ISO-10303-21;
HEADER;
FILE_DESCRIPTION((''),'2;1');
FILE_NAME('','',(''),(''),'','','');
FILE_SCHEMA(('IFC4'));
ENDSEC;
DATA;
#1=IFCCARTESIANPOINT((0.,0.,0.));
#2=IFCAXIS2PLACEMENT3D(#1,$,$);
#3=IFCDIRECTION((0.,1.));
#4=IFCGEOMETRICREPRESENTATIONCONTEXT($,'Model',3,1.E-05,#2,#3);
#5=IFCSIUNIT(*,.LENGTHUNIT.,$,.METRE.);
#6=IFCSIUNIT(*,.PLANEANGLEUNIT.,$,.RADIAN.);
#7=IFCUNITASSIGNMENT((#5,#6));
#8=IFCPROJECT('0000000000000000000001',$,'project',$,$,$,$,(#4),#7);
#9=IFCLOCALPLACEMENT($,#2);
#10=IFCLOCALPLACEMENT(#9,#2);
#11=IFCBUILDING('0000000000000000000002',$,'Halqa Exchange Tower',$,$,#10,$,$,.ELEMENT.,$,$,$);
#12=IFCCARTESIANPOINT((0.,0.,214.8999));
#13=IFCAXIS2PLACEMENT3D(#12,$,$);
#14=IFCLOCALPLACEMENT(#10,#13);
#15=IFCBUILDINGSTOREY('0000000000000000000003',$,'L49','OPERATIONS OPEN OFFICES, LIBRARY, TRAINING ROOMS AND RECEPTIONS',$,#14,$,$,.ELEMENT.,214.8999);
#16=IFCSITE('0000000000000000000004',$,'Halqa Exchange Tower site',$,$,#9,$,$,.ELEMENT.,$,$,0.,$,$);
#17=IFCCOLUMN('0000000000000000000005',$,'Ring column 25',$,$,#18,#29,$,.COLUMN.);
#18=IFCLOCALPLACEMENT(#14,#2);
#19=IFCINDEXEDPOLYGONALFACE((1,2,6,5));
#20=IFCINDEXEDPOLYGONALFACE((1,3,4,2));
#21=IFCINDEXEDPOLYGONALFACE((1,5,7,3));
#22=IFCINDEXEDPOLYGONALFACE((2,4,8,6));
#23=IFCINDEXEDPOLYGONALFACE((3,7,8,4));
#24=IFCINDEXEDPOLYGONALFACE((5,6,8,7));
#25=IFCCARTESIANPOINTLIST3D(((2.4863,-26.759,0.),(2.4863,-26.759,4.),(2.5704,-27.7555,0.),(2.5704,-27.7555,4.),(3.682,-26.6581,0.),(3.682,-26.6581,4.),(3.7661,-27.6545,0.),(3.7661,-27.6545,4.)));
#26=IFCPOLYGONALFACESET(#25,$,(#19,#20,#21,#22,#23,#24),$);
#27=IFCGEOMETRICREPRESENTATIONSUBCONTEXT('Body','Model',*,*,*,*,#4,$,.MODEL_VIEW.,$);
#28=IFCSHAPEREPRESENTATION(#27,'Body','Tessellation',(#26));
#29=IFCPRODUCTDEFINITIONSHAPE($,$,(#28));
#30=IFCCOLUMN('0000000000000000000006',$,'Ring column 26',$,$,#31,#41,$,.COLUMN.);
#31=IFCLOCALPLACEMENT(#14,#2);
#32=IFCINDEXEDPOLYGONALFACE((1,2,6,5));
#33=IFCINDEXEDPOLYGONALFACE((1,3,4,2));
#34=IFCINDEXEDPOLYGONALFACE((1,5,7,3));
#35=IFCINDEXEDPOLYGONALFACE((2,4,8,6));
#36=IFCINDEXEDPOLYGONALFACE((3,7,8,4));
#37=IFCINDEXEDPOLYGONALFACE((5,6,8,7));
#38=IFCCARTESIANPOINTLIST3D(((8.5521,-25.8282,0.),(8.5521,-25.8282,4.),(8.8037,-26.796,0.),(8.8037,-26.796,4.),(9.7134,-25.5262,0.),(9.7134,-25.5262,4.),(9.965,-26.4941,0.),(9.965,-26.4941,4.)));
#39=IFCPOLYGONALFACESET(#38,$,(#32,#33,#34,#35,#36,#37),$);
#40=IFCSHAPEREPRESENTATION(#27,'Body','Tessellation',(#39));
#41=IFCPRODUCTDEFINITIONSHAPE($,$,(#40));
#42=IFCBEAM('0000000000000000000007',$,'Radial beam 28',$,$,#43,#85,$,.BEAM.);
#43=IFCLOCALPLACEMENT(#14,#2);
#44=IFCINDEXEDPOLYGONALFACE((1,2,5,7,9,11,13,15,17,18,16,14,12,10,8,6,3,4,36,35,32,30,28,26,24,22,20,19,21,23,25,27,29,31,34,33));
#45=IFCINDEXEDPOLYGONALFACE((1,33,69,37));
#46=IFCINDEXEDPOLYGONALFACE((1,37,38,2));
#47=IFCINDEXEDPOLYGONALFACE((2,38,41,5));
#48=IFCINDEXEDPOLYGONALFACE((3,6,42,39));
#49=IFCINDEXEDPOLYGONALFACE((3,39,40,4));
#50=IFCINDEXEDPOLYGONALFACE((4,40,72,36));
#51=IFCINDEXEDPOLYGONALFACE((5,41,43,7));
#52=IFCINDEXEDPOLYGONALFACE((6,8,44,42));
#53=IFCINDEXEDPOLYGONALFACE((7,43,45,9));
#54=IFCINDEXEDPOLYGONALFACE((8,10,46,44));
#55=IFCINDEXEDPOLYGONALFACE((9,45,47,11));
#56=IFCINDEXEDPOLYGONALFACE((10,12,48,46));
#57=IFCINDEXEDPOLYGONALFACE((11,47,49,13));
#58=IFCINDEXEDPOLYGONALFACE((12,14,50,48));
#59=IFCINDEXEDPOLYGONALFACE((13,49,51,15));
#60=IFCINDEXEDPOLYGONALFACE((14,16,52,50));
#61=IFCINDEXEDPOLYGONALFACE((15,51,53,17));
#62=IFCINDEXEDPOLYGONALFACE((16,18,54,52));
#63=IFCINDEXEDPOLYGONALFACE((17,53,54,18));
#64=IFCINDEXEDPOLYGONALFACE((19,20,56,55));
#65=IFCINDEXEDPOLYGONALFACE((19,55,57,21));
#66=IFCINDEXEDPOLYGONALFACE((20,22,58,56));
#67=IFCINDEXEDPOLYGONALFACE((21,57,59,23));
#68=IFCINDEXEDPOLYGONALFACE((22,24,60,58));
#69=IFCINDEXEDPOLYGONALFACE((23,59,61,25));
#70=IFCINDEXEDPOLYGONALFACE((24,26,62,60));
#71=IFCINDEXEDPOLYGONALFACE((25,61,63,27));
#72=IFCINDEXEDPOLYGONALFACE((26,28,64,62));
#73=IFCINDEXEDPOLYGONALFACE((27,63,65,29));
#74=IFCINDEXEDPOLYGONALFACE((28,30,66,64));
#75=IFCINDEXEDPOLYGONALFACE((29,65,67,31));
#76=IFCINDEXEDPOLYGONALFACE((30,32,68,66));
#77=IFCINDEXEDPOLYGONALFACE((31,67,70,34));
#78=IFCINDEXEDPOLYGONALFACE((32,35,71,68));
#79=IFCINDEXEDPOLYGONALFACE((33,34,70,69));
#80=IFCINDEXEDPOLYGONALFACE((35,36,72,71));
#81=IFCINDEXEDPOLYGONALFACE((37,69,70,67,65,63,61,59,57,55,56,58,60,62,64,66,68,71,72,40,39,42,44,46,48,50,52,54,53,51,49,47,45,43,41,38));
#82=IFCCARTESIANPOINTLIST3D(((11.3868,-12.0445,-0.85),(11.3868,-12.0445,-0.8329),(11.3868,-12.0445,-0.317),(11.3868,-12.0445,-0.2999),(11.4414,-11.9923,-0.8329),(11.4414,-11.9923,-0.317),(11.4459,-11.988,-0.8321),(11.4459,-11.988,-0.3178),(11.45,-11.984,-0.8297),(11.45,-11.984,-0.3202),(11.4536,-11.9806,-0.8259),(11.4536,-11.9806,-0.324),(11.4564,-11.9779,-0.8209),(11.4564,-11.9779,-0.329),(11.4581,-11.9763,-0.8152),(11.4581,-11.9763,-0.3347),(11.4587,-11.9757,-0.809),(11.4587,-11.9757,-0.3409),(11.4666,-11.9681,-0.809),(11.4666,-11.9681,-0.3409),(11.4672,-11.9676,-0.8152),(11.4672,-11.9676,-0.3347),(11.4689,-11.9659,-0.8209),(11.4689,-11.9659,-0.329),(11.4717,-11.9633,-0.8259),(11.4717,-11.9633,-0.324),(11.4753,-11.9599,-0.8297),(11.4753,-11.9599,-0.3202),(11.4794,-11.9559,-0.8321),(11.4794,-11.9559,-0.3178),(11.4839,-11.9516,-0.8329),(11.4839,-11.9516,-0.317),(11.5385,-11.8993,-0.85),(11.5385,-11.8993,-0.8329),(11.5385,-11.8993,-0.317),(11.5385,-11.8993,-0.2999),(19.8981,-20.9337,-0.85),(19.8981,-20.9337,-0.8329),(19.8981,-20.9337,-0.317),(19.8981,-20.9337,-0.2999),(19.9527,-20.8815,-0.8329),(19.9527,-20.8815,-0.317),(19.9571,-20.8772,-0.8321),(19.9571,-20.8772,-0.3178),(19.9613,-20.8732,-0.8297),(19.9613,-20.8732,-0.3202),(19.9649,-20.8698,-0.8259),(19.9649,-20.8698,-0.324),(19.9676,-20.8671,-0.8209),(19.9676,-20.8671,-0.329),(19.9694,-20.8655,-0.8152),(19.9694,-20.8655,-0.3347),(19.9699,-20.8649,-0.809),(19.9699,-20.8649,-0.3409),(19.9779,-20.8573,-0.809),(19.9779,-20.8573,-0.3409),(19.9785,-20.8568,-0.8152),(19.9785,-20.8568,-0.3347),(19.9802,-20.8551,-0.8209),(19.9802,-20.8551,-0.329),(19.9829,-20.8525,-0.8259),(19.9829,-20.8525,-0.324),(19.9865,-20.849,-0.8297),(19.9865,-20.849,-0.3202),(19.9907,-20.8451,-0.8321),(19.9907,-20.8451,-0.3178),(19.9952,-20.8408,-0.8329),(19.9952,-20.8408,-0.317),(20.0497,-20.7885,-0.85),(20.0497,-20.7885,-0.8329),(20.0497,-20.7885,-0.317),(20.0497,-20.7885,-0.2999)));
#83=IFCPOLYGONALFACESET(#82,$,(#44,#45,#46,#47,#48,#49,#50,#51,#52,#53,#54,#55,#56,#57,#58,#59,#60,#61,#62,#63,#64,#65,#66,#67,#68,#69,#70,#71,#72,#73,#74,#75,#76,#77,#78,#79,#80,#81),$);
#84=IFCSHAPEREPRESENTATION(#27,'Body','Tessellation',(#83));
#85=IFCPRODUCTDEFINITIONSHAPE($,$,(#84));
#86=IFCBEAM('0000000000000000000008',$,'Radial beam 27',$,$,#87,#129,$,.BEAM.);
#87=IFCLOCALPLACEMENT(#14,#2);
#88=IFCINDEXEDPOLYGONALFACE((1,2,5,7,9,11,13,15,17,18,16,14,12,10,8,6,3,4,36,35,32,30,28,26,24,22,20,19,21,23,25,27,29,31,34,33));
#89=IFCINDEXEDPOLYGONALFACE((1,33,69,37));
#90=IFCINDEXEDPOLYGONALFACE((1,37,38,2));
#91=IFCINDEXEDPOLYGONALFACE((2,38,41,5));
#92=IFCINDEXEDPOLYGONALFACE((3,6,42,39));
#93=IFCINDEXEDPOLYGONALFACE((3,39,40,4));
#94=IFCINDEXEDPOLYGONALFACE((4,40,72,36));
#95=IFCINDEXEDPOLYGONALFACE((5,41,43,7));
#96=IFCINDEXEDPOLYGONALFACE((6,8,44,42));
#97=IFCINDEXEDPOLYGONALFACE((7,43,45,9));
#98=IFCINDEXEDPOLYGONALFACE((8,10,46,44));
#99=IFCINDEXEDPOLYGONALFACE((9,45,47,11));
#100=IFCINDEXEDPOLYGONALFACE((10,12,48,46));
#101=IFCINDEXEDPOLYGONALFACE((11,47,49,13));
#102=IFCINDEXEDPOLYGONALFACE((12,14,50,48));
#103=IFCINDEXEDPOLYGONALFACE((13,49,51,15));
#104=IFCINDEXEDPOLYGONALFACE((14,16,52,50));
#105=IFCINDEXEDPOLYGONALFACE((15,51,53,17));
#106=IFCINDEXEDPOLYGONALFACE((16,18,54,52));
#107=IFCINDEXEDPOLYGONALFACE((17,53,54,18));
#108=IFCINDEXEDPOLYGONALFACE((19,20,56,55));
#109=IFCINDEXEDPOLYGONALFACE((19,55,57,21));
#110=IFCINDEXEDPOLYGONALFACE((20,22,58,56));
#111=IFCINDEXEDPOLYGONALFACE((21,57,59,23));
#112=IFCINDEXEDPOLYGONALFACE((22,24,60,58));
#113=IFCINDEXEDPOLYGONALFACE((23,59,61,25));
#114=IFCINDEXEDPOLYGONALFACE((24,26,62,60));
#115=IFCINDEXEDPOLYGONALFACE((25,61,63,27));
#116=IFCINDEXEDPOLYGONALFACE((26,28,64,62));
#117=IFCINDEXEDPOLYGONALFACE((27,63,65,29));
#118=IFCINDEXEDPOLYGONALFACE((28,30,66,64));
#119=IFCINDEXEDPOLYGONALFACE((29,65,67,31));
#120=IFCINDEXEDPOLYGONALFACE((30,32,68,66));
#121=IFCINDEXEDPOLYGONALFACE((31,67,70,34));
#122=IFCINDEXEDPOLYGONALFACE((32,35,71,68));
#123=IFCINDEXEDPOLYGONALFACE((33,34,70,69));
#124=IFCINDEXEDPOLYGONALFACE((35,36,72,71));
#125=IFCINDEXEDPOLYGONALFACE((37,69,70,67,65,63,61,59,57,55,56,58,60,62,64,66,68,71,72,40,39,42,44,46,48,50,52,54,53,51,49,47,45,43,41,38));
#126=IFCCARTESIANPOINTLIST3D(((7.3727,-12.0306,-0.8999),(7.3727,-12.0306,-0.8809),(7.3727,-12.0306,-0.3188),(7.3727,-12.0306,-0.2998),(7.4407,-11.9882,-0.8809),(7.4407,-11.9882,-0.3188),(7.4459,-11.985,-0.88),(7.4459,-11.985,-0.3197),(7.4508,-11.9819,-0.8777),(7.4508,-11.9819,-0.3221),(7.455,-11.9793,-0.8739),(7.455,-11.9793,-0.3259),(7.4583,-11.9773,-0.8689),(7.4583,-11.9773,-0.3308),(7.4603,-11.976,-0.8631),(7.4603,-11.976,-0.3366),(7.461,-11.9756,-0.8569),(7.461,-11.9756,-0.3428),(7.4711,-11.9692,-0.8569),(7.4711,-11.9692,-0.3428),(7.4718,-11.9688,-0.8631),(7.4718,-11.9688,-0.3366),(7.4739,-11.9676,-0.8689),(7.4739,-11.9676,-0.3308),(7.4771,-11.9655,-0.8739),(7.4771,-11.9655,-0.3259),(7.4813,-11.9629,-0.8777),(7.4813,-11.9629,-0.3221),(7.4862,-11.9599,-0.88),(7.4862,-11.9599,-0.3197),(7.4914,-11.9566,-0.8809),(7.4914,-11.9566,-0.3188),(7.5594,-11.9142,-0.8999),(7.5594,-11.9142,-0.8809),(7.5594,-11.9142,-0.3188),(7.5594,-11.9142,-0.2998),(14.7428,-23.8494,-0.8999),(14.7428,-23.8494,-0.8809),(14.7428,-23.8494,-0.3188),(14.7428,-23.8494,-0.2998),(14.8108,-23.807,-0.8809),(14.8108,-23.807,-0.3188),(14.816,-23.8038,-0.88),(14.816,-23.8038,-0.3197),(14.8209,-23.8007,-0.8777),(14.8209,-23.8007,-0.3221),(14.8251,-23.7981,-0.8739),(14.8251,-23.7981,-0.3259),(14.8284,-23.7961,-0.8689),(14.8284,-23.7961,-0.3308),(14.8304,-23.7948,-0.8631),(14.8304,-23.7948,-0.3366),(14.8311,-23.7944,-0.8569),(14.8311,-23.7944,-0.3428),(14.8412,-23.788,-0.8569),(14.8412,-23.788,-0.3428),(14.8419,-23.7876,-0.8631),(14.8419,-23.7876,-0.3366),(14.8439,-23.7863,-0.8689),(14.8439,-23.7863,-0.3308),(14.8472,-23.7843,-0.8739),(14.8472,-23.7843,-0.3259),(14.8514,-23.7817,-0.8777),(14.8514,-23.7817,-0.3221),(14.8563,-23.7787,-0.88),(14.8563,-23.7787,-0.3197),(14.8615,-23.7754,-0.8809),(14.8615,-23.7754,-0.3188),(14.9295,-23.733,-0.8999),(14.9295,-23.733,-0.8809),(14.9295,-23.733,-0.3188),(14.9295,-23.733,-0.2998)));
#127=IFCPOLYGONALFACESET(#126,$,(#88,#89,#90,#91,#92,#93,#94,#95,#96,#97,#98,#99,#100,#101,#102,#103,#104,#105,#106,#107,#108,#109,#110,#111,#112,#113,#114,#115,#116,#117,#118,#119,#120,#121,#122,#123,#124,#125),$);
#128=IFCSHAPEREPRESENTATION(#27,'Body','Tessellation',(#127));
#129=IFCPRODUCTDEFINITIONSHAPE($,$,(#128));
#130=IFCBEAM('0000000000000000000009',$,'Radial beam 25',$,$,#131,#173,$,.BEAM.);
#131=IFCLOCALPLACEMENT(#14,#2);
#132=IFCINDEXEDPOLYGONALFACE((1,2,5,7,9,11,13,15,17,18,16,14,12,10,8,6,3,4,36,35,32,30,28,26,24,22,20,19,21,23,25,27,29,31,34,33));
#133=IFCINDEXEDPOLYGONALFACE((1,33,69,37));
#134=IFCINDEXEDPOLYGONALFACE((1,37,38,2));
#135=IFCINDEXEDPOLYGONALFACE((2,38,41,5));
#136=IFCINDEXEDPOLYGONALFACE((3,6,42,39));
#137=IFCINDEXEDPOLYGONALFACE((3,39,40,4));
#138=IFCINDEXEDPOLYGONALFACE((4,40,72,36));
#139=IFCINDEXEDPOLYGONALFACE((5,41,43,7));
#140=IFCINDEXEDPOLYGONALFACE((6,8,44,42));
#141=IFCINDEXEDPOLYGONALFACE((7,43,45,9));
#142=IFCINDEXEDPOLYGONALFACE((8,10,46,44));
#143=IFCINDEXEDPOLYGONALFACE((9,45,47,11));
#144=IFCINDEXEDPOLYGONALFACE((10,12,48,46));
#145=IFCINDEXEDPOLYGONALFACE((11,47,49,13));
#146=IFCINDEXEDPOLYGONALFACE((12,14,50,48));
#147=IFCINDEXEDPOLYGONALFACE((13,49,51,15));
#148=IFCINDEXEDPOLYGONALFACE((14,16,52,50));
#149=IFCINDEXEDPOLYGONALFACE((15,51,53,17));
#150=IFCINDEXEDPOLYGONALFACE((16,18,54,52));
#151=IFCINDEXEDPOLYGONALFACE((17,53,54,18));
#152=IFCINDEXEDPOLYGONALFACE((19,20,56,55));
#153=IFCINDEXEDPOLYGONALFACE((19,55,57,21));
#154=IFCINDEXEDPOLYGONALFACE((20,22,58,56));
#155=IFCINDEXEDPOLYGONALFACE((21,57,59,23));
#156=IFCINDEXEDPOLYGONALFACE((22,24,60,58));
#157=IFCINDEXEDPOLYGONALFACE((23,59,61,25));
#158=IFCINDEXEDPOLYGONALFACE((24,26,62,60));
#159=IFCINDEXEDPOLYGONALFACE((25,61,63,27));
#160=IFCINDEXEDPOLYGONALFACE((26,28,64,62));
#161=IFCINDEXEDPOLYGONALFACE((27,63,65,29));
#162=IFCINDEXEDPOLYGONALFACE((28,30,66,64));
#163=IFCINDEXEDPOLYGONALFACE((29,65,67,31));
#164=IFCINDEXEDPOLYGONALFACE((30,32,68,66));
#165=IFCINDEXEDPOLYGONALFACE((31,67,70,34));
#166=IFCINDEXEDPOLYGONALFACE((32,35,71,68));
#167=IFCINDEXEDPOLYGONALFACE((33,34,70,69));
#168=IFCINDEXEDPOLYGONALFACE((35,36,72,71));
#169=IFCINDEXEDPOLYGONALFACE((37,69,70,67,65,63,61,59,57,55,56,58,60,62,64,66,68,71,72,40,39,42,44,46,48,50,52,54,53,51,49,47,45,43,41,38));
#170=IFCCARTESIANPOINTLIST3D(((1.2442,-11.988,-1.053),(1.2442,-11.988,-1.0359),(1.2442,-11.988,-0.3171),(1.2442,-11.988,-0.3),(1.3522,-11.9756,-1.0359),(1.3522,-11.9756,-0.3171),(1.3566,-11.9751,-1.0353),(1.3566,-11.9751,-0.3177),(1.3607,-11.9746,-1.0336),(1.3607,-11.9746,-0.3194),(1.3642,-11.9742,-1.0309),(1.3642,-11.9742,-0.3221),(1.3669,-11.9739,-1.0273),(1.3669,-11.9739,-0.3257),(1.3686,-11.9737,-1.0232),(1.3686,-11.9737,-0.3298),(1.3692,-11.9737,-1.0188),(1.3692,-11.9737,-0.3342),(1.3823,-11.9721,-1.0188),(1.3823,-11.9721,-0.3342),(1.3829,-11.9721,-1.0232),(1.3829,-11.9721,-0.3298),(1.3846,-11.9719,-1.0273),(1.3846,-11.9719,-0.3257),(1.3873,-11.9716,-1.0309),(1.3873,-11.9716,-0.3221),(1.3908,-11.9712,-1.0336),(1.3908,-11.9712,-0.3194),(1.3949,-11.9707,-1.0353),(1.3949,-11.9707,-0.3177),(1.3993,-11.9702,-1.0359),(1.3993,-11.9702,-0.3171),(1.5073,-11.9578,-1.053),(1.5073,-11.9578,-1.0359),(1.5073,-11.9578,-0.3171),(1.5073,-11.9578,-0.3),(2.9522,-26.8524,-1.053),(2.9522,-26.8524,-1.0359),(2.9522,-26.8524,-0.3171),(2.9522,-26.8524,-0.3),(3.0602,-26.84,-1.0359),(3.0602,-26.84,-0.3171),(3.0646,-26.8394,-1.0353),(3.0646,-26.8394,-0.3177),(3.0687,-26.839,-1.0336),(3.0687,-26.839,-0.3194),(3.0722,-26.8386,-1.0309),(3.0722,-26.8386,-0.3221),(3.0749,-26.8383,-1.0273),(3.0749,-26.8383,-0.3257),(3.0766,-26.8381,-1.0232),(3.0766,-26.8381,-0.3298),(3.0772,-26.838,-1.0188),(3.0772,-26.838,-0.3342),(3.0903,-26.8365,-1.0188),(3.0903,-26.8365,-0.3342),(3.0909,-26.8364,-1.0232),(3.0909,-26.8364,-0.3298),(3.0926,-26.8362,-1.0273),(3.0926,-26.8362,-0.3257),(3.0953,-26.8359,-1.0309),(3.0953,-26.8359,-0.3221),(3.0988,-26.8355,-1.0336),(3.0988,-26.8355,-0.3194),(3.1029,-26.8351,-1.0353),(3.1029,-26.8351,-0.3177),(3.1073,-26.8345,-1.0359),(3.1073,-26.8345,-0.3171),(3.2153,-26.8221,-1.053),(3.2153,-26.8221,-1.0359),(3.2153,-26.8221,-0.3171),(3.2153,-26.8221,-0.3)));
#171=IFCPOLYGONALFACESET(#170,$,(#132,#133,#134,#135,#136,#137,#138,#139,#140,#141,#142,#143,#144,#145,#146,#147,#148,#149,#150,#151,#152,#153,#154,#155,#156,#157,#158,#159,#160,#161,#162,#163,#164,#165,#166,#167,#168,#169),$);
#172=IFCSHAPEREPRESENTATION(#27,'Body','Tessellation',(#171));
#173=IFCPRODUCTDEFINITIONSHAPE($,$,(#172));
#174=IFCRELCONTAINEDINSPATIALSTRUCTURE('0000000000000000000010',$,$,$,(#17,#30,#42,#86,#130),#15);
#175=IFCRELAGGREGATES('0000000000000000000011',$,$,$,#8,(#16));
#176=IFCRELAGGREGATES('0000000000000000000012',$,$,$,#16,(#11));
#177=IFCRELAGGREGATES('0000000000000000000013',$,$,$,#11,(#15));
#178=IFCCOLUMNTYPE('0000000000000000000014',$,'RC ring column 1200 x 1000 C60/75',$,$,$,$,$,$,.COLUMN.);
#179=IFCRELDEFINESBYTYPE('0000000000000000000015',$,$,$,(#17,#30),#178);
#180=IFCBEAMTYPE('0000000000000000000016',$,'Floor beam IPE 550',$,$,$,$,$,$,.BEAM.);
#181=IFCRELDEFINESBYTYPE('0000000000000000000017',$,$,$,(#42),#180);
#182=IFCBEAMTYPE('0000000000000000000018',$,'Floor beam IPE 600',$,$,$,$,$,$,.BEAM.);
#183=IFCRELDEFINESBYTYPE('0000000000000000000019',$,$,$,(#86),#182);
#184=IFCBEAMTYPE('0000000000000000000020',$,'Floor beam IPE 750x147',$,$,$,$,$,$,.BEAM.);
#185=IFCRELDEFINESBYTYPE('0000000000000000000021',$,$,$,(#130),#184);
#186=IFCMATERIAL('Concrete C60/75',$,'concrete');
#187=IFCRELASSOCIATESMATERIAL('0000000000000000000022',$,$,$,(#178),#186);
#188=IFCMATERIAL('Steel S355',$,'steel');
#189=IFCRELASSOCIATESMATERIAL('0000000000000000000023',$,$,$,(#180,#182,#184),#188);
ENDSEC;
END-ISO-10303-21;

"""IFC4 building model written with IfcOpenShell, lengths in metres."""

from ifc_helpers import new_model, si_unit, direction, frame, origin, origin_2d, place, context, subcontext, project, spatial, rectangle, i_section, extrude, material, material_profile, profile_set, type_object, element, save


model = new_model("IFC4")

# Units and contexts
model_context = context("Model", 3, precision=1e-05, world=origin(), true_north=direction((0.0, 1.0)))
body_context = subcontext(model_context, "Body", "Model", "MODEL_VIEW")
ifc_project = project(units=[si_unit("LENGTHUNIT", "METRE"), si_unit("PLANEANGLEUNIT", "RADIAN")], contexts=[model_context])

# Site, building, storey
site_placement = place(None, origin())
site = spatial("IfcSite", under=ifc_project, at=site_placement, Name="Halqa Exchange Tower site", CompositionType="ELEMENT", RefElevation=0.0)
building_placement = place(site_placement, origin())
building = spatial("IfcBuilding", under=site, at=building_placement, Name="Halqa Exchange Tower", CompositionType="ELEMENT")
storey_placement = place(building_placement, frame((0.0, 0.0, 214.8999)))
storey = spatial("IfcBuildingStorey", under=building, at=storey_placement, Name="L49", Description="OPERATIONS OPEN OFFICES, LIBRARY, TRAINING ROOMS AND RECEPTIONS", CompositionType="ELEMENT", Elevation=214.8999)

# Columns
ifc_material_1 = material(Name="Concrete C60/75", Category="concrete")
ifc_material_profile_1 = material_profile(ifc_material_1, rectangle(XDim=1.2, YDim=1.0, at=origin_2d()), Name="1200 x 1000")
ifc_profile_set_1 = profile_set([ifc_material_profile_1], Name="Concrete C60/75")
column_type = type_object("IfcColumnType", Name="RC ring column 1200 x 1000 C60/75", PredefinedType="COLUMN", material=ifc_profile_set_1)
for number, where, z_axis, x_axis, name in (
    (1, (3.1262, -27.2068, 0.0), (0.0, 0.0, 1.0), (0.996455, 0.084128, 0.0), "Ring column 25"),
    (2, (9.2585, -26.1611, 0.0), (0.0, 0.0, 1.0), (0.967819, 0.251649, 0.0), "Ring column 26"),
):
    element("IfcColumn", number, at=place(storey_placement, frame(where, z_axis=z_axis, x_axis=x_axis)), inside=storey, type_object=column_type, Name=name, PredefinedType="COLUMN", context=body_context, shape_type="SweptSolid", body=[
        extrude(rectangle(XDim=1.2, YDim=1.0, at=origin_2d()), origin(), (0.0, 0.0, 1.0), 4.0),
    ])

# Beams
ifc_material_2 = material(Name="Steel S355", Category="steel")
ifc_material_profile_2 = material_profile(ifc_material_2, i_section(OverallWidth=0.21, OverallDepth=0.55, WebThickness=0.011, FlangeThickness=0.0171, FilletRadius=0.0239, at=origin_2d()), Name="IPE 550")
ifc_profile_set_2 = profile_set([ifc_material_profile_2], Name="Steel S355")
beam_type_1 = type_object("IfcBeamType", Name="Floor beam IPE 550", PredefinedType="BEAM", material=ifc_profile_set_2)
beam_1_placement = place(storey_placement, frame((11.4626, -11.9719, -0.575), z_axis=(0.691586, -0.722295, 0.0), x_axis=(0.722295, 0.691586, 0.0)))
element("IfcBeam", 3, at=beam_1_placement, inside=storey, type_object=beam_type_1, Name="Radial beam 28", PredefinedType="BEAM", context=body_context, shape_type="SweptSolid", body=[
    extrude(i_section(OverallWidth=0.21, OverallDepth=0.55, WebThickness=0.011, FlangeThickness=0.0171, FilletRadius=0.0239, at=origin_2d()), origin(), (0.0, 0.0, 1.0), 12.3069),
])
ifc_material_profile_3 = material_profile(ifc_material_2, i_section(OverallWidth=0.22, OverallDepth=0.6001, WebThickness=0.012, FlangeThickness=0.019, FilletRadius=0.0239, at=origin_2d()), Name="IPE 600")
ifc_profile_set_3 = profile_set([ifc_material_profile_3], Name="Steel S355")
beam_type_2 = type_object("IfcBeamType", Name="Floor beam IPE 600", PredefinedType="BEAM", material=ifc_profile_set_3)
beam_2_placement = place(storey_placement, frame((7.4661, -11.9724, -0.5999), z_axis=(0.529138, -0.848536, 0.0), x_axis=(0.848536, 0.529138, 0.0)))
element("IfcBeam", 4, at=beam_2_placement, inside=storey, type_object=beam_type_2, Name="Radial beam 27", PredefinedType="BEAM", context=body_context, shape_type="SweptSolid", body=[
    extrude(i_section(OverallWidth=0.22, OverallDepth=0.6001, WebThickness=0.012, FlangeThickness=0.019, FilletRadius=0.0239, at=origin_2d()), origin(), (0.0, 0.0, 1.0), 13.9285),
])
ifc_material_profile_4 = material_profile(ifc_material_2, i_section(OverallWidth=0.2649, OverallDepth=0.7529, WebThickness=0.0132, FlangeThickness=0.0171, FilletRadius=0.0171, at=origin_2d()), Name="IPE 750x147")
ifc_profile_set_4 = profile_set([ifc_material_profile_4], Name="Steel S355")
beam_type_3 = type_object("IfcBeamType", Name="Floor beam IPE 750x147", PredefinedType="BEAM", material=ifc_profile_set_4)
beam_3_placement = place(storey_placement, frame((1.3757, -11.9729, -0.6765), z_axis=(0.114156, -0.993463, 0.0), x_axis=(0.993463, 0.114156, 0.0)))
element("IfcBeam", 5, at=beam_3_placement, inside=storey, type_object=beam_type_3, Name="Radial beam 25", PredefinedType="BEAM", context=body_context, shape_type="SweptSolid", body=[
    extrude(i_section(OverallWidth=0.2649, OverallDepth=0.7529, WebThickness=0.0132, FlangeThickness=0.0171, FilletRadius=0.0171, at=origin_2d()), origin(), (0.0, 0.0, 1.0), 14.9622),
])

save(model, "model.ifc")
